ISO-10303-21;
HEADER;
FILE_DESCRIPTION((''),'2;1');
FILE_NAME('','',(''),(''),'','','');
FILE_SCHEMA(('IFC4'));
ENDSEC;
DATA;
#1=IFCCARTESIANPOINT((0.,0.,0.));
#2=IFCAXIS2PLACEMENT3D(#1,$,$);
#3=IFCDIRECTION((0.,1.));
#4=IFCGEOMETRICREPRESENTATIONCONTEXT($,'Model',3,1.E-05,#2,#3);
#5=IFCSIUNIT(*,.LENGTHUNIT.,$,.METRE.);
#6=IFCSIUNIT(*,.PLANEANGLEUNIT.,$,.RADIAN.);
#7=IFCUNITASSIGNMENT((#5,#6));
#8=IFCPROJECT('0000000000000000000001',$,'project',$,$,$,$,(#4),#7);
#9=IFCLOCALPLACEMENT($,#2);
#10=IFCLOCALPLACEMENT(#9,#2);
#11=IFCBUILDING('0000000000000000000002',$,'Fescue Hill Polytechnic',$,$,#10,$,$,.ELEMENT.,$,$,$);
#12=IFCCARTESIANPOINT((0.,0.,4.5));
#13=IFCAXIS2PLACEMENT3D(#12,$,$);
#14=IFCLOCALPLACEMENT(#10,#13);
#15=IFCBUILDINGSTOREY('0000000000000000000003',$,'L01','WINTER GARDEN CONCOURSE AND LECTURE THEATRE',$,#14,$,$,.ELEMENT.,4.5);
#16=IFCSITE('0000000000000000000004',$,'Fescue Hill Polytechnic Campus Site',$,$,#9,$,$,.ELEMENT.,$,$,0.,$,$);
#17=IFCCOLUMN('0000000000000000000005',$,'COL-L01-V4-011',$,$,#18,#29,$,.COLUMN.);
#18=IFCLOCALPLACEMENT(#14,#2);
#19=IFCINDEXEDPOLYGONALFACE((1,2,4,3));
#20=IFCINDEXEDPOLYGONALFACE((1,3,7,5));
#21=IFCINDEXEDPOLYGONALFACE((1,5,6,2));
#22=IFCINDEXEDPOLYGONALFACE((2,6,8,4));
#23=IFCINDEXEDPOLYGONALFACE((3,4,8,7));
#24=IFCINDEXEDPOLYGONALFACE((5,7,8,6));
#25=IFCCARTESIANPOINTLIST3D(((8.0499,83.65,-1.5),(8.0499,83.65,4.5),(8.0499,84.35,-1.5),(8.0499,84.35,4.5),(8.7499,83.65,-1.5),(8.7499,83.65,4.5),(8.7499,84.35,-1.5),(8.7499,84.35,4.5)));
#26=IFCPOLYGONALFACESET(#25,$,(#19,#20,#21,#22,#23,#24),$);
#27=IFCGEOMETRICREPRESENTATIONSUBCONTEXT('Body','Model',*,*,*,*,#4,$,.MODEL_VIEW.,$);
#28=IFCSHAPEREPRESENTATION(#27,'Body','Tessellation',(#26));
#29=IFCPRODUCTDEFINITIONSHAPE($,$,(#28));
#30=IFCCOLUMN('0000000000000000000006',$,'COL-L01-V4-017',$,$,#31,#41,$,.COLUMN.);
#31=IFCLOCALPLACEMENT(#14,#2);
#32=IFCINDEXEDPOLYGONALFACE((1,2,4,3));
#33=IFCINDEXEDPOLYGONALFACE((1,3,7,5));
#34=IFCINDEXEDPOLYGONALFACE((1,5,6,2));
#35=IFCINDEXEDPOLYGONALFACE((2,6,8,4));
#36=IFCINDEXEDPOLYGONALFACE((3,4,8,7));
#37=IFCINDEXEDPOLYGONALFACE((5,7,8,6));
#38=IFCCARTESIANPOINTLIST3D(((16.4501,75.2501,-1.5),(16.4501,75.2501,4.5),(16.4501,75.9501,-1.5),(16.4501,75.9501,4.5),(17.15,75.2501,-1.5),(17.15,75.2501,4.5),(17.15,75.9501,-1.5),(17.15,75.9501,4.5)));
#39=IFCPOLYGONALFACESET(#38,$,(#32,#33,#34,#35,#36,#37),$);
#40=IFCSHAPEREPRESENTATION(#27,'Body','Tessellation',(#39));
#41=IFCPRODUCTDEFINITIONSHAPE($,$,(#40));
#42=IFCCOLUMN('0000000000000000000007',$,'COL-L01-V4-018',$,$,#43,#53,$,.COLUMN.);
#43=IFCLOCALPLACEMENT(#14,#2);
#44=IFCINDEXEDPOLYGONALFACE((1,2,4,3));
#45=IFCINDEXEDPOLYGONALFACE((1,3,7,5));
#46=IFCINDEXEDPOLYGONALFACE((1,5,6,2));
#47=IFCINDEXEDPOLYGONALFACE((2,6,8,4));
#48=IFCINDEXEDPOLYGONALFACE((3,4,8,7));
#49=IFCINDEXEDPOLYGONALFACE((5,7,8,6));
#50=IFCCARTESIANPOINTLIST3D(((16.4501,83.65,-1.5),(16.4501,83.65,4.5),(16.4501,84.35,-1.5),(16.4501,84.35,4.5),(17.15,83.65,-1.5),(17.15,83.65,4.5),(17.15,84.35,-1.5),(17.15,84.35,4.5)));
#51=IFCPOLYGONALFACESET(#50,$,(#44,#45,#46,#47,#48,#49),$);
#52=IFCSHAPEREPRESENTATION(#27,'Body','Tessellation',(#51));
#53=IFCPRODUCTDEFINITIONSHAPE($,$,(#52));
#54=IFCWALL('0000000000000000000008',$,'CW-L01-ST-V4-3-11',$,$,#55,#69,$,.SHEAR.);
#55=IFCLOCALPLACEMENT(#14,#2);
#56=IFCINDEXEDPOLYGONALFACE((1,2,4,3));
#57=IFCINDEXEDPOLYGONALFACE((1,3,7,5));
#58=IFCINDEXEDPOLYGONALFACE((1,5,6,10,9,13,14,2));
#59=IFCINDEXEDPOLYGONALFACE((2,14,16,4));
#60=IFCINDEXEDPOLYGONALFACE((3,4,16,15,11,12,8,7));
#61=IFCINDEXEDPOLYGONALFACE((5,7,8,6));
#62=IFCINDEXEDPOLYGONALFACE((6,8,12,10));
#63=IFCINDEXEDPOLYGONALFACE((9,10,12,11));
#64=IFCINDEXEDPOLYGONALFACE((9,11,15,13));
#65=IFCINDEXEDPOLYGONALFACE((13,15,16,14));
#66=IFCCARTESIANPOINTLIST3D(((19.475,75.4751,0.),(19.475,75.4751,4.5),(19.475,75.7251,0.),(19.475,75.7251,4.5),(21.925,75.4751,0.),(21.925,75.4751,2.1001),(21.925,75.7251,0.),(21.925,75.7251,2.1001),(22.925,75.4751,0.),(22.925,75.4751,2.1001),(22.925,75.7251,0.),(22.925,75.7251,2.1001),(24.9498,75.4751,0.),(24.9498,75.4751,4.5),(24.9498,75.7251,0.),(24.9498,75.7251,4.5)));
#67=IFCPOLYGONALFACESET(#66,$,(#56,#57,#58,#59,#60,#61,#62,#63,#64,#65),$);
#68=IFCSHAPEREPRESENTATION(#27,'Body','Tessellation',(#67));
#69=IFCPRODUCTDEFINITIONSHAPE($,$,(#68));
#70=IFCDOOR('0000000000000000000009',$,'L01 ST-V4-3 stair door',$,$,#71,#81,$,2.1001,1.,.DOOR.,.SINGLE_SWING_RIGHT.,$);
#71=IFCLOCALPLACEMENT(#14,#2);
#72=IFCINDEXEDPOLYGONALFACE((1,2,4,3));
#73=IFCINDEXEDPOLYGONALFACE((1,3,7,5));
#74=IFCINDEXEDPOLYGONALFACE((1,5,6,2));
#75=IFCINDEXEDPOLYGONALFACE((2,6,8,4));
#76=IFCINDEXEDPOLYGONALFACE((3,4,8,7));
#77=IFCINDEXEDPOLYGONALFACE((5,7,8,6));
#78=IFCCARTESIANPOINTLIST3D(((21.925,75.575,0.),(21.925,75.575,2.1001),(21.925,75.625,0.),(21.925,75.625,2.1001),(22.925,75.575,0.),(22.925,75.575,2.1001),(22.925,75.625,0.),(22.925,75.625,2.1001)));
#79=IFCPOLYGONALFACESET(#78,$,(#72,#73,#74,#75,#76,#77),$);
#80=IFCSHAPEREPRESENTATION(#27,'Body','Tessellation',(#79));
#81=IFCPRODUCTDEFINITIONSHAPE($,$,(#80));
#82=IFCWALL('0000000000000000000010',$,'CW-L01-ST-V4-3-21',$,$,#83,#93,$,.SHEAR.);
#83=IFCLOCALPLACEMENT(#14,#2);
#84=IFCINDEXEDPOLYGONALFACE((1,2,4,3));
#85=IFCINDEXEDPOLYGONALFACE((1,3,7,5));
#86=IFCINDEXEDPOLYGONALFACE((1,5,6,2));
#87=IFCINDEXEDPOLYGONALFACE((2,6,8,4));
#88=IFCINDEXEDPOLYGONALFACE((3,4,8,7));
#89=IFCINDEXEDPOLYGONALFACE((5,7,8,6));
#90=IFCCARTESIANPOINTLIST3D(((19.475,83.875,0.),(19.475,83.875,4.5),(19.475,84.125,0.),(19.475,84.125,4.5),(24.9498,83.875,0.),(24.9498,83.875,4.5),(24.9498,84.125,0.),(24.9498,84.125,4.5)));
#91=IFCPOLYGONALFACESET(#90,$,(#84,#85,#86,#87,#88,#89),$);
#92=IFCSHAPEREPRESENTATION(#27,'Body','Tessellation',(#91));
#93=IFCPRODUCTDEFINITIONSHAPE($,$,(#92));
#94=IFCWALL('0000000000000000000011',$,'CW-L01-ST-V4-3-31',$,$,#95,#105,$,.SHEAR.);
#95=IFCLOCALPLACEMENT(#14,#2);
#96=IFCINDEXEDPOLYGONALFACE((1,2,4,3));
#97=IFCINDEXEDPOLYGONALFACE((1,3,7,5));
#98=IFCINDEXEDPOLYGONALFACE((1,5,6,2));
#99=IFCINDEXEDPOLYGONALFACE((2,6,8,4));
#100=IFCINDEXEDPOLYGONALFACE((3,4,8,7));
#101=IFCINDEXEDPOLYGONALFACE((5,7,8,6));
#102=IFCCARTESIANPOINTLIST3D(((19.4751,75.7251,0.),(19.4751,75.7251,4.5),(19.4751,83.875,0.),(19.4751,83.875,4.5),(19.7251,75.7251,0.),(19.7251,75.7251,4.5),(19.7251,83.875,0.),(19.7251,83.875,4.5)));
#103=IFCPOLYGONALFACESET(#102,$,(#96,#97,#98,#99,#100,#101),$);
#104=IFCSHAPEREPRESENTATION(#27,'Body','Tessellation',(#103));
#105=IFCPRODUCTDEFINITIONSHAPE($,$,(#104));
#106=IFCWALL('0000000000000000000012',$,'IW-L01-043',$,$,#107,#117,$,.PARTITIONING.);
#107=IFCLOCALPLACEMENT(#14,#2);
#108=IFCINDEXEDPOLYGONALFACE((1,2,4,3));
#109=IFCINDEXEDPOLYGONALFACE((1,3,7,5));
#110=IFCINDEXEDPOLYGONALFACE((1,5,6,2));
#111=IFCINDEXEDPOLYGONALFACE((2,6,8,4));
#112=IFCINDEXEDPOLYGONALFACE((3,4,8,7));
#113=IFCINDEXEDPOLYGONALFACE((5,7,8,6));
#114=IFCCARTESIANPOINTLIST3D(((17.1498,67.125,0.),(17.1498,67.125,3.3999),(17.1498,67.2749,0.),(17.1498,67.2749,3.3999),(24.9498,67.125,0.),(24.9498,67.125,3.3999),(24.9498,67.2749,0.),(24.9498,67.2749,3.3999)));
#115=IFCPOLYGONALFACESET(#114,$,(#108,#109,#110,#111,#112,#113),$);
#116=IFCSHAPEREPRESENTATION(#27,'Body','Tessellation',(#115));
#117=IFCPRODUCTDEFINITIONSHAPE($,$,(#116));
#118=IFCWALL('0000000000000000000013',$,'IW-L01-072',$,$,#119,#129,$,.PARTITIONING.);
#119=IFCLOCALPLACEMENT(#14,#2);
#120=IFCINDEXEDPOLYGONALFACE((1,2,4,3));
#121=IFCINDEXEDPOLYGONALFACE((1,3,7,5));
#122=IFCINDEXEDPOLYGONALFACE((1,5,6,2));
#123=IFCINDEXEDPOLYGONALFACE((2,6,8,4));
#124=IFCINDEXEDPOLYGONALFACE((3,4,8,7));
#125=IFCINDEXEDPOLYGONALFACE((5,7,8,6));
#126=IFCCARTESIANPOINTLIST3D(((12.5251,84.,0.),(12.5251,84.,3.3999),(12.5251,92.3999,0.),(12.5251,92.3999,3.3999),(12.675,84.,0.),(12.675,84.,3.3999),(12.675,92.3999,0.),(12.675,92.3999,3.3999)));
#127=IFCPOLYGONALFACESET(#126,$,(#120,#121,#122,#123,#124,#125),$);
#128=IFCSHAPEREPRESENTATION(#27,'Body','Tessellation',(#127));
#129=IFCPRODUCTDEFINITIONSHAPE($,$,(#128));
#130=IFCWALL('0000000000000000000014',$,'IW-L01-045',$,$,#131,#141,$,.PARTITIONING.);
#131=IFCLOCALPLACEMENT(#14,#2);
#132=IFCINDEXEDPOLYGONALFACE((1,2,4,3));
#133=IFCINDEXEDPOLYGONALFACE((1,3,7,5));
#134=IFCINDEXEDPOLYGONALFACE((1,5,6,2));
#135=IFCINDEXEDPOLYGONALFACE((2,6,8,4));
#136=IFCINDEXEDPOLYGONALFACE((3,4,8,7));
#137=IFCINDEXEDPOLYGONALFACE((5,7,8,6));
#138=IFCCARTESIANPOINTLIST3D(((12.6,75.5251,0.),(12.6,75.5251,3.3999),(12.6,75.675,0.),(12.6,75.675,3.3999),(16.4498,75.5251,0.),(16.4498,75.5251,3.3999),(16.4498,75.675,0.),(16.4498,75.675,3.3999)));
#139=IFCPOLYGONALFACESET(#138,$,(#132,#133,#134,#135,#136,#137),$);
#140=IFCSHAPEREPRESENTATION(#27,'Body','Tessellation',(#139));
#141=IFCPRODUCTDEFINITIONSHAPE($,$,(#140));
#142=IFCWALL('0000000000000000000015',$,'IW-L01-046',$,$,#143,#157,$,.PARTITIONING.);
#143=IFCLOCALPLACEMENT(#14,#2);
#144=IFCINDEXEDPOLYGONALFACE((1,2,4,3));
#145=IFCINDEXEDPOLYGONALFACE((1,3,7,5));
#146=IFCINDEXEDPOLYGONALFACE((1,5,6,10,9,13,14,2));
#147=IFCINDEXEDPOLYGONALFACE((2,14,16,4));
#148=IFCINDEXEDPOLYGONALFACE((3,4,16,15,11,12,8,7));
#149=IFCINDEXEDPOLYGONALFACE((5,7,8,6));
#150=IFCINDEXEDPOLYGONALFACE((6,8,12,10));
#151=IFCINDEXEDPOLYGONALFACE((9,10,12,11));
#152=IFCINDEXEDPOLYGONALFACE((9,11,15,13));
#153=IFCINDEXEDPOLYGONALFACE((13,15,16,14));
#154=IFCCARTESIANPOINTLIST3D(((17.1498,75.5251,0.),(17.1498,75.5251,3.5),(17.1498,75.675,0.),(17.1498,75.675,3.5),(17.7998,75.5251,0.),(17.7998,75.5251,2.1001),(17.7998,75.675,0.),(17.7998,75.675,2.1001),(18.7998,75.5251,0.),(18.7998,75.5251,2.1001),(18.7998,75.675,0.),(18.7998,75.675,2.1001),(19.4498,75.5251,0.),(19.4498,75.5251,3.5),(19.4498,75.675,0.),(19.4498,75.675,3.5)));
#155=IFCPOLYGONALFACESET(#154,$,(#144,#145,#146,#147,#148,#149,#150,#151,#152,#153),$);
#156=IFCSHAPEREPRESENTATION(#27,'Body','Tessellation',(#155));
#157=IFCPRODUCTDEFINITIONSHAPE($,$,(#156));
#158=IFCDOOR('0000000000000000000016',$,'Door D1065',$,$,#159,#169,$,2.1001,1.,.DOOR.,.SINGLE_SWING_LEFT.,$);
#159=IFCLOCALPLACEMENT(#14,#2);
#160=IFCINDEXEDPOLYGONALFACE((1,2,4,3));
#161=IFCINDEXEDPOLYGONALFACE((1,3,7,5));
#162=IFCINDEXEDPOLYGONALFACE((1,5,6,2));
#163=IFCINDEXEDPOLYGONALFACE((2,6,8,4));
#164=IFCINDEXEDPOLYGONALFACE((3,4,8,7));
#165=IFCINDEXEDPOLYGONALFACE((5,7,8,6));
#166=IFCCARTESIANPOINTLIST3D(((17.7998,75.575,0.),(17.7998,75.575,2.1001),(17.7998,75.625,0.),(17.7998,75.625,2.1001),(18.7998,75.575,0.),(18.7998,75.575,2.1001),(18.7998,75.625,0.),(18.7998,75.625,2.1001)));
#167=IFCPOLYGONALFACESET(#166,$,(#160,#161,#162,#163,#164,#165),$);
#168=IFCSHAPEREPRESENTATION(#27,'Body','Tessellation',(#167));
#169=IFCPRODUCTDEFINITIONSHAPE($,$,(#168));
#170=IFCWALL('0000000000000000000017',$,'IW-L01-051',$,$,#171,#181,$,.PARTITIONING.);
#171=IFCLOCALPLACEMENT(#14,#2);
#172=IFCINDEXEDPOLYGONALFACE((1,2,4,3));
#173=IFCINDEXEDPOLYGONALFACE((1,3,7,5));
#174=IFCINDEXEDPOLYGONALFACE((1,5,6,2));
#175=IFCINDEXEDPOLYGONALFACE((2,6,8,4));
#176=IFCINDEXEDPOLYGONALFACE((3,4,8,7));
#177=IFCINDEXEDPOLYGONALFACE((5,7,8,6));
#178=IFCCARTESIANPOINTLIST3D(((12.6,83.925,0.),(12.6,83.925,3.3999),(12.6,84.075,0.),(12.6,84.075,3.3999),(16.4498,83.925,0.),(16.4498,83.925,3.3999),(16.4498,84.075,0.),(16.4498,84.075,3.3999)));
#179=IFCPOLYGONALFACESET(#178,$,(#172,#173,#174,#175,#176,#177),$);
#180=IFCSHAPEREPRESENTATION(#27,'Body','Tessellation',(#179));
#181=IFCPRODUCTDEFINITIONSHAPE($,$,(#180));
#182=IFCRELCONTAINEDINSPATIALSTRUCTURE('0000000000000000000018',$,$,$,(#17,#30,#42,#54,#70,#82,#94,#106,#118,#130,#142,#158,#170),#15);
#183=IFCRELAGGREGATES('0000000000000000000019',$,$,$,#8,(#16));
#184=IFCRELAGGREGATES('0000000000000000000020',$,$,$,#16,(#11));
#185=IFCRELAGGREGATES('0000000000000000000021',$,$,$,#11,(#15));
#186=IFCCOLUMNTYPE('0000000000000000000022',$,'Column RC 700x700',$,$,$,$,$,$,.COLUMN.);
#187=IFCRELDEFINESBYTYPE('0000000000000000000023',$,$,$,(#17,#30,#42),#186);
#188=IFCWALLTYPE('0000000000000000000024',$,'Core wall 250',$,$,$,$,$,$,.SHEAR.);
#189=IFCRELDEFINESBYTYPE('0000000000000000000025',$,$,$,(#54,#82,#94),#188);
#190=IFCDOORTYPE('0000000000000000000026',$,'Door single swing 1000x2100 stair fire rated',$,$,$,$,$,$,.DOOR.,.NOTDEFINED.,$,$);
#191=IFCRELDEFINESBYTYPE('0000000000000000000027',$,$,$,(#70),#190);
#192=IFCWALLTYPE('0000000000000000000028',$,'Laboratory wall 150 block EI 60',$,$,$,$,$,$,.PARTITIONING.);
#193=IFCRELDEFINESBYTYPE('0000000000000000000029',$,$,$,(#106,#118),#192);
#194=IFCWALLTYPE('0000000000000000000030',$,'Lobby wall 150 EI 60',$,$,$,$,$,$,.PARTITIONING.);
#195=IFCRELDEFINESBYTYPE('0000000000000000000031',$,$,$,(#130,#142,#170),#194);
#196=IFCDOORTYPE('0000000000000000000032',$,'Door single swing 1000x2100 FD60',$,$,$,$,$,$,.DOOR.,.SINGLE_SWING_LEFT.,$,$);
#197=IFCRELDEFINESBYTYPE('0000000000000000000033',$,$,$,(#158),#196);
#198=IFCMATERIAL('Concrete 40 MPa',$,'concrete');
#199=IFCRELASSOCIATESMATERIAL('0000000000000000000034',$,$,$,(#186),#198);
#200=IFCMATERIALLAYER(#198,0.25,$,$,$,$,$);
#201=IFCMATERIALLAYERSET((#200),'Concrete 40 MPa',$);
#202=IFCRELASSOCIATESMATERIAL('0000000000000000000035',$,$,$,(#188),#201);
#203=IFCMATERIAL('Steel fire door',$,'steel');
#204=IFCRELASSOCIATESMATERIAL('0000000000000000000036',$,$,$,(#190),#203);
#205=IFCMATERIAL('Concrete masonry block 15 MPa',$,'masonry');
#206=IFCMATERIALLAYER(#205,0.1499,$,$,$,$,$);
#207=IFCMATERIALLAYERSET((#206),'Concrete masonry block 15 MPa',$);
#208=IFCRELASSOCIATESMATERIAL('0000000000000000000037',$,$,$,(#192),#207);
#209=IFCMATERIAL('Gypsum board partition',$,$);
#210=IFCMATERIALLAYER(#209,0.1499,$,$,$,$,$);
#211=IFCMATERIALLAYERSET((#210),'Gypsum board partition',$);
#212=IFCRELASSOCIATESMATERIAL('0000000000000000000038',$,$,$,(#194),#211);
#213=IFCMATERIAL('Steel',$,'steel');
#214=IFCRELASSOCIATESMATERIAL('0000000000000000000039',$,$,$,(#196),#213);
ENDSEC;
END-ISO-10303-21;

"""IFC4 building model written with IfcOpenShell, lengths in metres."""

from ifc_helpers import new_model, si_unit, direction, frame, frame_2d, origin, origin_2d, place, context, subcontext, project, spatial, rectangle, extrude, material, layer, layer_set, material_profile, profile_set, type_object, element, fill, save


model = new_model("IFC4")

# Units and contexts
model_context = context("Model", 3, precision=1e-05, world=origin(), true_north=direction((0.0, 1.0)))
body_context = subcontext(model_context, "Body", "Model", "MODEL_VIEW")
ifc_project = project(units=[si_unit("LENGTHUNIT", "METRE"), si_unit("PLANEANGLEUNIT", "RADIAN")], contexts=[model_context])

# Site, building, storey
site_placement = place(None, origin())
site = spatial("IfcSite", under=ifc_project, at=site_placement, Name="Fescue Hill Polytechnic Campus Site", CompositionType="ELEMENT", RefElevation=0.0)
building_placement = place(site_placement, origin())
building = spatial("IfcBuilding", under=site, at=building_placement, Name="Fescue Hill Polytechnic", CompositionType="ELEMENT")
storey_placement = place(building_placement, frame((0.0, 0.0, 4.5)))
storey = spatial("IfcBuildingStorey", under=building, at=storey_placement, Name="L01", Description="WINTER GARDEN CONCOURSE AND LECTURE THEATRE", CompositionType="ELEMENT", Elevation=4.5)

# Columns
ifc_material_1 = material(Name="Concrete 40 MPa", Category="concrete")
ifc_material_profile = material_profile(ifc_material_1, rectangle(XDim=0.7, YDim=0.7, at=origin_2d()), Name="RC 700x700")
ifc_profile_set = profile_set([ifc_material_profile], Name="Concrete 40 MPa")
column_type = type_object("IfcColumnType", Name="Column RC 700x700", PredefinedType="COLUMN", material=ifc_profile_set)
for number, where, z_axis, x_axis, name in (
    (1, (8.3999, 84.0, -1.5), (0.0, 0.0, 1.0), (1.0, 0.0, 0.0), "COL-L01-V4-011"),
    (2, (16.8, 75.6001, -1.5), (0.0, 0.0, 1.0), (1.0, 0.0, 0.0), "COL-L01-V4-017"),
    (3, (16.8, 84.0, -1.5), (0.0, 0.0, 1.0), (1.0, 0.0, 0.0), "COL-L01-V4-018"),
):
    element("IfcColumn", number, at=place(storey_placement, frame(where, z_axis=z_axis, x_axis=x_axis)), inside=storey, type_object=column_type, Name=name, PredefinedType="COLUMN", context=body_context, shape_type="SweptSolid", body=[
        extrude(rectangle(XDim=0.7, YDim=0.7, at=origin_2d()), origin(), (0.0, 0.0, 1.0), 6.0),
    ])

# Wall, opening, door
ifc_layer_1 = layer(ifc_material_1, 0.25)
ifc_layer_set_1 = layer_set([ifc_layer_1], Name="Concrete 40 MPa")
wall_type_1 = type_object("IfcWallType", Name="Core wall 250", PredefinedType="SHEAR", material=ifc_layer_set_1)
wall_1_placement = place(storey_placement, frame((19.4751, 75.6001, 0.0), z_axis=(0.0, 0.0, 1.0), x_axis=(1.0, 0.0, 0.0)))
wall_1 = element("IfcWall", 4, at=wall_1_placement, inside=storey, type_object=wall_type_1, Name="CW-L01-ST-V4-3-11", PredefinedType="SHEAR", context=body_context, shape_type="SweptSolid", body=[
    extrude(rectangle(XDim=5.4749, YDim=0.25, at=frame_2d((2.7373, 0.0))), origin(), (0.0, 0.0, 1.0), 4.5),
])
opening_1_placement = place(wall_1_placement, frame((2.45, 0.0, 0.0)))
opening_1 = element("IfcOpeningElement", 5, at=opening_1_placement, cuts=wall_1, PredefinedType="OPENING", context=body_context, shape_type="SweptSolid", body=[
    extrude(rectangle(XDim=1.0, YDim=2.1001, at=frame_2d((0.5, 1.05))), frame((0.0, 0.135, 0.0), z_axis=(0.0, -1.0, 0.0), x_axis=(1.0, 0.0, 0.0)), (0.0, 0.0, 1.0), 0.27),
])
ifc_material_2 = material(Name="Steel fire door", Category="steel")
door_type_1 = type_object("IfcDoorType", Name="Door single swing 1000x2100 stair fire rated", OperationType="NOTDEFINED", PredefinedType="DOOR", material=ifc_material_2)
door_1_placement = place(opening_1_placement, origin())
door_1 = element("IfcDoor", 6, at=door_1_placement, inside=storey, type_object=door_type_1, Name="L01 ST-V4-3 stair door", OperationType="SINGLE_SWING_RIGHT", OverallHeight=2.1001, OverallWidth=1.0, PredefinedType="DOOR", context=body_context, shape_type="SweptSolid", body=[
    extrude(rectangle(XDim=1.0, YDim=2.1001, at=frame_2d((0.5, 1.05))), frame((0.0, 0.0249, 0.0), z_axis=(0.0, -1.0, 0.0), x_axis=(1.0, 0.0, 0.0)), (0.0, 0.0, 1.0), 0.05),
])
fill(opening_1, door_1)

# Walls
wall_2_placement = place(storey_placement, frame((19.4751, 84.0, 0.0), z_axis=(0.0, 0.0, 1.0), x_axis=(1.0, 0.0, 0.0)))
element("IfcWall", 7, at=wall_2_placement, inside=storey, type_object=wall_type_1, Name="CW-L01-ST-V4-3-21", PredefinedType="SHEAR", context=body_context, shape_type="SweptSolid", body=[
    extrude(rectangle(XDim=5.4749, YDim=0.25, at=frame_2d((2.7373, 0.0))), origin(), (0.0, 0.0, 1.0), 4.5),
])
wall_3_placement = place(storey_placement, frame((19.6001, 75.7251, 0.0), z_axis=(0.0, 0.0, 1.0), x_axis=(0.0, 1.0, 0.0)))
element("IfcWall", 8, at=wall_3_placement, inside=storey, type_object=wall_type_1, Name="CW-L01-ST-V4-3-31", PredefinedType="SHEAR", context=body_context, shape_type="SweptSolid", body=[
    extrude(rectangle(XDim=8.1499, YDim=0.25, at=frame_2d((4.075, 0.0))), origin(), (0.0, 0.0, 1.0), 4.5),
])
ifc_material_3 = material(Name="Concrete masonry block 15 MPa", Category="masonry")
ifc_layer_2 = layer(ifc_material_3, 0.1499)
ifc_layer_set_2 = layer_set([ifc_layer_2], Name="Concrete masonry block 15 MPa")
wall_type_2 = type_object("IfcWallType", Name="Laboratory wall 150 block EI 60", PredefinedType="PARTITIONING", material=ifc_layer_set_2)
wall_4_placement = place(storey_placement, frame((17.1499, 67.2, 0.0), z_axis=(0.0, 0.0, 1.0), x_axis=(1.0, 0.0, 0.0)))
element("IfcWall", 9, at=wall_4_placement, inside=storey, type_object=wall_type_2, Name="IW-L01-043", PredefinedType="PARTITIONING", context=body_context, shape_type="SweptSolid", body=[
    extrude(rectangle(XDim=7.8, YDim=0.1499, at=frame_2d((3.8999, 0.0))), origin(), (0.0, 0.0, 1.0), 3.3999),
])
wall_5_placement = place(storey_placement, frame((12.6001, 84.0, 0.0), z_axis=(0.0, 0.0, 1.0), x_axis=(0.0, 1.0, 0.0)))
element("IfcWall", 10, at=wall_5_placement, inside=storey, type_object=wall_type_2, Name="IW-L01-072", PredefinedType="PARTITIONING", context=body_context, shape_type="SweptSolid", body=[
    extrude(rectangle(XDim=8.3999, YDim=0.1499, at=frame_2d((4.2, 0.0))), origin(), (0.0, 0.0, 1.0), 3.3999),
])
ifc_material_4 = material(Name="Gypsum board partition")
ifc_layer_3 = layer(ifc_material_4, 0.1499)
ifc_layer_set_3 = layer_set([ifc_layer_3], Name="Gypsum board partition")
wall_type_3 = type_object("IfcWallType", Name="Lobby wall 150 EI 60", PredefinedType="PARTITIONING", material=ifc_layer_set_3)
wall_6_placement = place(storey_placement, frame((12.6001, 75.6001, 0.0), z_axis=(0.0, 0.0, 1.0), x_axis=(1.0, 0.0, 0.0)))
element("IfcWall", 11, at=wall_6_placement, inside=storey, type_object=wall_type_3, Name="IW-L01-045", PredefinedType="PARTITIONING", context=body_context, shape_type="SweptSolid", body=[
    extrude(rectangle(XDim=3.8499, YDim=0.1499, at=frame_2d((1.9248, 0.0))), origin(), (0.0, 0.0, 1.0), 3.3999),
])

# Wall, opening, door
wall_7_placement = place(storey_placement, frame((17.1499, 75.6001, 0.0), z_axis=(0.0, 0.0, 1.0), x_axis=(1.0, 0.0, 0.0)))
wall_7 = element("IfcWall", 12, at=wall_7_placement, inside=storey, type_object=wall_type_3, Name="IW-L01-046", PredefinedType="PARTITIONING", context=body_context, shape_type="SweptSolid", body=[
    extrude(rectangle(XDim=2.3, YDim=0.1499, at=frame_2d((1.1499, 0.0))), origin(), (0.0, 0.0, 1.0), 3.5),
])
opening_2_placement = place(wall_7_placement, frame((0.6499, 0.0, 0.0)))
opening_2 = element("IfcOpeningElement", 13, at=opening_2_placement, cuts=wall_7, PredefinedType="OPENING", context=body_context, shape_type="SweptSolid", body=[
    extrude(rectangle(XDim=1.0, YDim=2.1001, at=frame_2d((0.5, 1.05))), frame((0.0, 0.085, 0.0), z_axis=(0.0, -1.0, 0.0), x_axis=(1.0, 0.0, 0.0)), (0.0, 0.0, 1.0), 0.1699),
])
ifc_material_5 = material(Name="Steel", Category="steel")
door_type_2 = type_object("IfcDoorType", Name="Door single swing 1000x2100 FD60", OperationType="SINGLE_SWING_LEFT", PredefinedType="DOOR", material=ifc_material_5)
door_2_placement = place(opening_2_placement, origin())
door_2 = element("IfcDoor", 14, at=door_2_placement, inside=storey, type_object=door_type_2, Name="Door D1065", OperationType="SINGLE_SWING_LEFT", OverallHeight=2.1001, OverallWidth=1.0, PredefinedType="DOOR", context=body_context, shape_type="SweptSolid", body=[
    extrude(rectangle(XDim=1.0, YDim=2.1001, at=frame_2d((0.5, 1.05))), frame((0.0, 0.0249, 0.0), z_axis=(0.0, -1.0, 0.0), x_axis=(1.0, 0.0, 0.0)), (0.0, 0.0, 1.0), 0.05),
])
fill(opening_2, door_2)

# Wall
wall_8_placement = place(storey_placement, frame((12.6001, 84.0, 0.0), z_axis=(0.0, 0.0, 1.0), x_axis=(1.0, 0.0, 0.0)))
element("IfcWall", 15, at=wall_8_placement, inside=storey, type_object=wall_type_3, Name="IW-L01-051", PredefinedType="PARTITIONING", context=body_context, shape_type="SweptSolid", body=[
    extrude(rectangle(XDim=3.8499, YDim=0.1499, at=frame_2d((1.9248, 0.0))), origin(), (0.0, 0.0, 1.0), 3.3999),
])

save(model, "model.ifc")
